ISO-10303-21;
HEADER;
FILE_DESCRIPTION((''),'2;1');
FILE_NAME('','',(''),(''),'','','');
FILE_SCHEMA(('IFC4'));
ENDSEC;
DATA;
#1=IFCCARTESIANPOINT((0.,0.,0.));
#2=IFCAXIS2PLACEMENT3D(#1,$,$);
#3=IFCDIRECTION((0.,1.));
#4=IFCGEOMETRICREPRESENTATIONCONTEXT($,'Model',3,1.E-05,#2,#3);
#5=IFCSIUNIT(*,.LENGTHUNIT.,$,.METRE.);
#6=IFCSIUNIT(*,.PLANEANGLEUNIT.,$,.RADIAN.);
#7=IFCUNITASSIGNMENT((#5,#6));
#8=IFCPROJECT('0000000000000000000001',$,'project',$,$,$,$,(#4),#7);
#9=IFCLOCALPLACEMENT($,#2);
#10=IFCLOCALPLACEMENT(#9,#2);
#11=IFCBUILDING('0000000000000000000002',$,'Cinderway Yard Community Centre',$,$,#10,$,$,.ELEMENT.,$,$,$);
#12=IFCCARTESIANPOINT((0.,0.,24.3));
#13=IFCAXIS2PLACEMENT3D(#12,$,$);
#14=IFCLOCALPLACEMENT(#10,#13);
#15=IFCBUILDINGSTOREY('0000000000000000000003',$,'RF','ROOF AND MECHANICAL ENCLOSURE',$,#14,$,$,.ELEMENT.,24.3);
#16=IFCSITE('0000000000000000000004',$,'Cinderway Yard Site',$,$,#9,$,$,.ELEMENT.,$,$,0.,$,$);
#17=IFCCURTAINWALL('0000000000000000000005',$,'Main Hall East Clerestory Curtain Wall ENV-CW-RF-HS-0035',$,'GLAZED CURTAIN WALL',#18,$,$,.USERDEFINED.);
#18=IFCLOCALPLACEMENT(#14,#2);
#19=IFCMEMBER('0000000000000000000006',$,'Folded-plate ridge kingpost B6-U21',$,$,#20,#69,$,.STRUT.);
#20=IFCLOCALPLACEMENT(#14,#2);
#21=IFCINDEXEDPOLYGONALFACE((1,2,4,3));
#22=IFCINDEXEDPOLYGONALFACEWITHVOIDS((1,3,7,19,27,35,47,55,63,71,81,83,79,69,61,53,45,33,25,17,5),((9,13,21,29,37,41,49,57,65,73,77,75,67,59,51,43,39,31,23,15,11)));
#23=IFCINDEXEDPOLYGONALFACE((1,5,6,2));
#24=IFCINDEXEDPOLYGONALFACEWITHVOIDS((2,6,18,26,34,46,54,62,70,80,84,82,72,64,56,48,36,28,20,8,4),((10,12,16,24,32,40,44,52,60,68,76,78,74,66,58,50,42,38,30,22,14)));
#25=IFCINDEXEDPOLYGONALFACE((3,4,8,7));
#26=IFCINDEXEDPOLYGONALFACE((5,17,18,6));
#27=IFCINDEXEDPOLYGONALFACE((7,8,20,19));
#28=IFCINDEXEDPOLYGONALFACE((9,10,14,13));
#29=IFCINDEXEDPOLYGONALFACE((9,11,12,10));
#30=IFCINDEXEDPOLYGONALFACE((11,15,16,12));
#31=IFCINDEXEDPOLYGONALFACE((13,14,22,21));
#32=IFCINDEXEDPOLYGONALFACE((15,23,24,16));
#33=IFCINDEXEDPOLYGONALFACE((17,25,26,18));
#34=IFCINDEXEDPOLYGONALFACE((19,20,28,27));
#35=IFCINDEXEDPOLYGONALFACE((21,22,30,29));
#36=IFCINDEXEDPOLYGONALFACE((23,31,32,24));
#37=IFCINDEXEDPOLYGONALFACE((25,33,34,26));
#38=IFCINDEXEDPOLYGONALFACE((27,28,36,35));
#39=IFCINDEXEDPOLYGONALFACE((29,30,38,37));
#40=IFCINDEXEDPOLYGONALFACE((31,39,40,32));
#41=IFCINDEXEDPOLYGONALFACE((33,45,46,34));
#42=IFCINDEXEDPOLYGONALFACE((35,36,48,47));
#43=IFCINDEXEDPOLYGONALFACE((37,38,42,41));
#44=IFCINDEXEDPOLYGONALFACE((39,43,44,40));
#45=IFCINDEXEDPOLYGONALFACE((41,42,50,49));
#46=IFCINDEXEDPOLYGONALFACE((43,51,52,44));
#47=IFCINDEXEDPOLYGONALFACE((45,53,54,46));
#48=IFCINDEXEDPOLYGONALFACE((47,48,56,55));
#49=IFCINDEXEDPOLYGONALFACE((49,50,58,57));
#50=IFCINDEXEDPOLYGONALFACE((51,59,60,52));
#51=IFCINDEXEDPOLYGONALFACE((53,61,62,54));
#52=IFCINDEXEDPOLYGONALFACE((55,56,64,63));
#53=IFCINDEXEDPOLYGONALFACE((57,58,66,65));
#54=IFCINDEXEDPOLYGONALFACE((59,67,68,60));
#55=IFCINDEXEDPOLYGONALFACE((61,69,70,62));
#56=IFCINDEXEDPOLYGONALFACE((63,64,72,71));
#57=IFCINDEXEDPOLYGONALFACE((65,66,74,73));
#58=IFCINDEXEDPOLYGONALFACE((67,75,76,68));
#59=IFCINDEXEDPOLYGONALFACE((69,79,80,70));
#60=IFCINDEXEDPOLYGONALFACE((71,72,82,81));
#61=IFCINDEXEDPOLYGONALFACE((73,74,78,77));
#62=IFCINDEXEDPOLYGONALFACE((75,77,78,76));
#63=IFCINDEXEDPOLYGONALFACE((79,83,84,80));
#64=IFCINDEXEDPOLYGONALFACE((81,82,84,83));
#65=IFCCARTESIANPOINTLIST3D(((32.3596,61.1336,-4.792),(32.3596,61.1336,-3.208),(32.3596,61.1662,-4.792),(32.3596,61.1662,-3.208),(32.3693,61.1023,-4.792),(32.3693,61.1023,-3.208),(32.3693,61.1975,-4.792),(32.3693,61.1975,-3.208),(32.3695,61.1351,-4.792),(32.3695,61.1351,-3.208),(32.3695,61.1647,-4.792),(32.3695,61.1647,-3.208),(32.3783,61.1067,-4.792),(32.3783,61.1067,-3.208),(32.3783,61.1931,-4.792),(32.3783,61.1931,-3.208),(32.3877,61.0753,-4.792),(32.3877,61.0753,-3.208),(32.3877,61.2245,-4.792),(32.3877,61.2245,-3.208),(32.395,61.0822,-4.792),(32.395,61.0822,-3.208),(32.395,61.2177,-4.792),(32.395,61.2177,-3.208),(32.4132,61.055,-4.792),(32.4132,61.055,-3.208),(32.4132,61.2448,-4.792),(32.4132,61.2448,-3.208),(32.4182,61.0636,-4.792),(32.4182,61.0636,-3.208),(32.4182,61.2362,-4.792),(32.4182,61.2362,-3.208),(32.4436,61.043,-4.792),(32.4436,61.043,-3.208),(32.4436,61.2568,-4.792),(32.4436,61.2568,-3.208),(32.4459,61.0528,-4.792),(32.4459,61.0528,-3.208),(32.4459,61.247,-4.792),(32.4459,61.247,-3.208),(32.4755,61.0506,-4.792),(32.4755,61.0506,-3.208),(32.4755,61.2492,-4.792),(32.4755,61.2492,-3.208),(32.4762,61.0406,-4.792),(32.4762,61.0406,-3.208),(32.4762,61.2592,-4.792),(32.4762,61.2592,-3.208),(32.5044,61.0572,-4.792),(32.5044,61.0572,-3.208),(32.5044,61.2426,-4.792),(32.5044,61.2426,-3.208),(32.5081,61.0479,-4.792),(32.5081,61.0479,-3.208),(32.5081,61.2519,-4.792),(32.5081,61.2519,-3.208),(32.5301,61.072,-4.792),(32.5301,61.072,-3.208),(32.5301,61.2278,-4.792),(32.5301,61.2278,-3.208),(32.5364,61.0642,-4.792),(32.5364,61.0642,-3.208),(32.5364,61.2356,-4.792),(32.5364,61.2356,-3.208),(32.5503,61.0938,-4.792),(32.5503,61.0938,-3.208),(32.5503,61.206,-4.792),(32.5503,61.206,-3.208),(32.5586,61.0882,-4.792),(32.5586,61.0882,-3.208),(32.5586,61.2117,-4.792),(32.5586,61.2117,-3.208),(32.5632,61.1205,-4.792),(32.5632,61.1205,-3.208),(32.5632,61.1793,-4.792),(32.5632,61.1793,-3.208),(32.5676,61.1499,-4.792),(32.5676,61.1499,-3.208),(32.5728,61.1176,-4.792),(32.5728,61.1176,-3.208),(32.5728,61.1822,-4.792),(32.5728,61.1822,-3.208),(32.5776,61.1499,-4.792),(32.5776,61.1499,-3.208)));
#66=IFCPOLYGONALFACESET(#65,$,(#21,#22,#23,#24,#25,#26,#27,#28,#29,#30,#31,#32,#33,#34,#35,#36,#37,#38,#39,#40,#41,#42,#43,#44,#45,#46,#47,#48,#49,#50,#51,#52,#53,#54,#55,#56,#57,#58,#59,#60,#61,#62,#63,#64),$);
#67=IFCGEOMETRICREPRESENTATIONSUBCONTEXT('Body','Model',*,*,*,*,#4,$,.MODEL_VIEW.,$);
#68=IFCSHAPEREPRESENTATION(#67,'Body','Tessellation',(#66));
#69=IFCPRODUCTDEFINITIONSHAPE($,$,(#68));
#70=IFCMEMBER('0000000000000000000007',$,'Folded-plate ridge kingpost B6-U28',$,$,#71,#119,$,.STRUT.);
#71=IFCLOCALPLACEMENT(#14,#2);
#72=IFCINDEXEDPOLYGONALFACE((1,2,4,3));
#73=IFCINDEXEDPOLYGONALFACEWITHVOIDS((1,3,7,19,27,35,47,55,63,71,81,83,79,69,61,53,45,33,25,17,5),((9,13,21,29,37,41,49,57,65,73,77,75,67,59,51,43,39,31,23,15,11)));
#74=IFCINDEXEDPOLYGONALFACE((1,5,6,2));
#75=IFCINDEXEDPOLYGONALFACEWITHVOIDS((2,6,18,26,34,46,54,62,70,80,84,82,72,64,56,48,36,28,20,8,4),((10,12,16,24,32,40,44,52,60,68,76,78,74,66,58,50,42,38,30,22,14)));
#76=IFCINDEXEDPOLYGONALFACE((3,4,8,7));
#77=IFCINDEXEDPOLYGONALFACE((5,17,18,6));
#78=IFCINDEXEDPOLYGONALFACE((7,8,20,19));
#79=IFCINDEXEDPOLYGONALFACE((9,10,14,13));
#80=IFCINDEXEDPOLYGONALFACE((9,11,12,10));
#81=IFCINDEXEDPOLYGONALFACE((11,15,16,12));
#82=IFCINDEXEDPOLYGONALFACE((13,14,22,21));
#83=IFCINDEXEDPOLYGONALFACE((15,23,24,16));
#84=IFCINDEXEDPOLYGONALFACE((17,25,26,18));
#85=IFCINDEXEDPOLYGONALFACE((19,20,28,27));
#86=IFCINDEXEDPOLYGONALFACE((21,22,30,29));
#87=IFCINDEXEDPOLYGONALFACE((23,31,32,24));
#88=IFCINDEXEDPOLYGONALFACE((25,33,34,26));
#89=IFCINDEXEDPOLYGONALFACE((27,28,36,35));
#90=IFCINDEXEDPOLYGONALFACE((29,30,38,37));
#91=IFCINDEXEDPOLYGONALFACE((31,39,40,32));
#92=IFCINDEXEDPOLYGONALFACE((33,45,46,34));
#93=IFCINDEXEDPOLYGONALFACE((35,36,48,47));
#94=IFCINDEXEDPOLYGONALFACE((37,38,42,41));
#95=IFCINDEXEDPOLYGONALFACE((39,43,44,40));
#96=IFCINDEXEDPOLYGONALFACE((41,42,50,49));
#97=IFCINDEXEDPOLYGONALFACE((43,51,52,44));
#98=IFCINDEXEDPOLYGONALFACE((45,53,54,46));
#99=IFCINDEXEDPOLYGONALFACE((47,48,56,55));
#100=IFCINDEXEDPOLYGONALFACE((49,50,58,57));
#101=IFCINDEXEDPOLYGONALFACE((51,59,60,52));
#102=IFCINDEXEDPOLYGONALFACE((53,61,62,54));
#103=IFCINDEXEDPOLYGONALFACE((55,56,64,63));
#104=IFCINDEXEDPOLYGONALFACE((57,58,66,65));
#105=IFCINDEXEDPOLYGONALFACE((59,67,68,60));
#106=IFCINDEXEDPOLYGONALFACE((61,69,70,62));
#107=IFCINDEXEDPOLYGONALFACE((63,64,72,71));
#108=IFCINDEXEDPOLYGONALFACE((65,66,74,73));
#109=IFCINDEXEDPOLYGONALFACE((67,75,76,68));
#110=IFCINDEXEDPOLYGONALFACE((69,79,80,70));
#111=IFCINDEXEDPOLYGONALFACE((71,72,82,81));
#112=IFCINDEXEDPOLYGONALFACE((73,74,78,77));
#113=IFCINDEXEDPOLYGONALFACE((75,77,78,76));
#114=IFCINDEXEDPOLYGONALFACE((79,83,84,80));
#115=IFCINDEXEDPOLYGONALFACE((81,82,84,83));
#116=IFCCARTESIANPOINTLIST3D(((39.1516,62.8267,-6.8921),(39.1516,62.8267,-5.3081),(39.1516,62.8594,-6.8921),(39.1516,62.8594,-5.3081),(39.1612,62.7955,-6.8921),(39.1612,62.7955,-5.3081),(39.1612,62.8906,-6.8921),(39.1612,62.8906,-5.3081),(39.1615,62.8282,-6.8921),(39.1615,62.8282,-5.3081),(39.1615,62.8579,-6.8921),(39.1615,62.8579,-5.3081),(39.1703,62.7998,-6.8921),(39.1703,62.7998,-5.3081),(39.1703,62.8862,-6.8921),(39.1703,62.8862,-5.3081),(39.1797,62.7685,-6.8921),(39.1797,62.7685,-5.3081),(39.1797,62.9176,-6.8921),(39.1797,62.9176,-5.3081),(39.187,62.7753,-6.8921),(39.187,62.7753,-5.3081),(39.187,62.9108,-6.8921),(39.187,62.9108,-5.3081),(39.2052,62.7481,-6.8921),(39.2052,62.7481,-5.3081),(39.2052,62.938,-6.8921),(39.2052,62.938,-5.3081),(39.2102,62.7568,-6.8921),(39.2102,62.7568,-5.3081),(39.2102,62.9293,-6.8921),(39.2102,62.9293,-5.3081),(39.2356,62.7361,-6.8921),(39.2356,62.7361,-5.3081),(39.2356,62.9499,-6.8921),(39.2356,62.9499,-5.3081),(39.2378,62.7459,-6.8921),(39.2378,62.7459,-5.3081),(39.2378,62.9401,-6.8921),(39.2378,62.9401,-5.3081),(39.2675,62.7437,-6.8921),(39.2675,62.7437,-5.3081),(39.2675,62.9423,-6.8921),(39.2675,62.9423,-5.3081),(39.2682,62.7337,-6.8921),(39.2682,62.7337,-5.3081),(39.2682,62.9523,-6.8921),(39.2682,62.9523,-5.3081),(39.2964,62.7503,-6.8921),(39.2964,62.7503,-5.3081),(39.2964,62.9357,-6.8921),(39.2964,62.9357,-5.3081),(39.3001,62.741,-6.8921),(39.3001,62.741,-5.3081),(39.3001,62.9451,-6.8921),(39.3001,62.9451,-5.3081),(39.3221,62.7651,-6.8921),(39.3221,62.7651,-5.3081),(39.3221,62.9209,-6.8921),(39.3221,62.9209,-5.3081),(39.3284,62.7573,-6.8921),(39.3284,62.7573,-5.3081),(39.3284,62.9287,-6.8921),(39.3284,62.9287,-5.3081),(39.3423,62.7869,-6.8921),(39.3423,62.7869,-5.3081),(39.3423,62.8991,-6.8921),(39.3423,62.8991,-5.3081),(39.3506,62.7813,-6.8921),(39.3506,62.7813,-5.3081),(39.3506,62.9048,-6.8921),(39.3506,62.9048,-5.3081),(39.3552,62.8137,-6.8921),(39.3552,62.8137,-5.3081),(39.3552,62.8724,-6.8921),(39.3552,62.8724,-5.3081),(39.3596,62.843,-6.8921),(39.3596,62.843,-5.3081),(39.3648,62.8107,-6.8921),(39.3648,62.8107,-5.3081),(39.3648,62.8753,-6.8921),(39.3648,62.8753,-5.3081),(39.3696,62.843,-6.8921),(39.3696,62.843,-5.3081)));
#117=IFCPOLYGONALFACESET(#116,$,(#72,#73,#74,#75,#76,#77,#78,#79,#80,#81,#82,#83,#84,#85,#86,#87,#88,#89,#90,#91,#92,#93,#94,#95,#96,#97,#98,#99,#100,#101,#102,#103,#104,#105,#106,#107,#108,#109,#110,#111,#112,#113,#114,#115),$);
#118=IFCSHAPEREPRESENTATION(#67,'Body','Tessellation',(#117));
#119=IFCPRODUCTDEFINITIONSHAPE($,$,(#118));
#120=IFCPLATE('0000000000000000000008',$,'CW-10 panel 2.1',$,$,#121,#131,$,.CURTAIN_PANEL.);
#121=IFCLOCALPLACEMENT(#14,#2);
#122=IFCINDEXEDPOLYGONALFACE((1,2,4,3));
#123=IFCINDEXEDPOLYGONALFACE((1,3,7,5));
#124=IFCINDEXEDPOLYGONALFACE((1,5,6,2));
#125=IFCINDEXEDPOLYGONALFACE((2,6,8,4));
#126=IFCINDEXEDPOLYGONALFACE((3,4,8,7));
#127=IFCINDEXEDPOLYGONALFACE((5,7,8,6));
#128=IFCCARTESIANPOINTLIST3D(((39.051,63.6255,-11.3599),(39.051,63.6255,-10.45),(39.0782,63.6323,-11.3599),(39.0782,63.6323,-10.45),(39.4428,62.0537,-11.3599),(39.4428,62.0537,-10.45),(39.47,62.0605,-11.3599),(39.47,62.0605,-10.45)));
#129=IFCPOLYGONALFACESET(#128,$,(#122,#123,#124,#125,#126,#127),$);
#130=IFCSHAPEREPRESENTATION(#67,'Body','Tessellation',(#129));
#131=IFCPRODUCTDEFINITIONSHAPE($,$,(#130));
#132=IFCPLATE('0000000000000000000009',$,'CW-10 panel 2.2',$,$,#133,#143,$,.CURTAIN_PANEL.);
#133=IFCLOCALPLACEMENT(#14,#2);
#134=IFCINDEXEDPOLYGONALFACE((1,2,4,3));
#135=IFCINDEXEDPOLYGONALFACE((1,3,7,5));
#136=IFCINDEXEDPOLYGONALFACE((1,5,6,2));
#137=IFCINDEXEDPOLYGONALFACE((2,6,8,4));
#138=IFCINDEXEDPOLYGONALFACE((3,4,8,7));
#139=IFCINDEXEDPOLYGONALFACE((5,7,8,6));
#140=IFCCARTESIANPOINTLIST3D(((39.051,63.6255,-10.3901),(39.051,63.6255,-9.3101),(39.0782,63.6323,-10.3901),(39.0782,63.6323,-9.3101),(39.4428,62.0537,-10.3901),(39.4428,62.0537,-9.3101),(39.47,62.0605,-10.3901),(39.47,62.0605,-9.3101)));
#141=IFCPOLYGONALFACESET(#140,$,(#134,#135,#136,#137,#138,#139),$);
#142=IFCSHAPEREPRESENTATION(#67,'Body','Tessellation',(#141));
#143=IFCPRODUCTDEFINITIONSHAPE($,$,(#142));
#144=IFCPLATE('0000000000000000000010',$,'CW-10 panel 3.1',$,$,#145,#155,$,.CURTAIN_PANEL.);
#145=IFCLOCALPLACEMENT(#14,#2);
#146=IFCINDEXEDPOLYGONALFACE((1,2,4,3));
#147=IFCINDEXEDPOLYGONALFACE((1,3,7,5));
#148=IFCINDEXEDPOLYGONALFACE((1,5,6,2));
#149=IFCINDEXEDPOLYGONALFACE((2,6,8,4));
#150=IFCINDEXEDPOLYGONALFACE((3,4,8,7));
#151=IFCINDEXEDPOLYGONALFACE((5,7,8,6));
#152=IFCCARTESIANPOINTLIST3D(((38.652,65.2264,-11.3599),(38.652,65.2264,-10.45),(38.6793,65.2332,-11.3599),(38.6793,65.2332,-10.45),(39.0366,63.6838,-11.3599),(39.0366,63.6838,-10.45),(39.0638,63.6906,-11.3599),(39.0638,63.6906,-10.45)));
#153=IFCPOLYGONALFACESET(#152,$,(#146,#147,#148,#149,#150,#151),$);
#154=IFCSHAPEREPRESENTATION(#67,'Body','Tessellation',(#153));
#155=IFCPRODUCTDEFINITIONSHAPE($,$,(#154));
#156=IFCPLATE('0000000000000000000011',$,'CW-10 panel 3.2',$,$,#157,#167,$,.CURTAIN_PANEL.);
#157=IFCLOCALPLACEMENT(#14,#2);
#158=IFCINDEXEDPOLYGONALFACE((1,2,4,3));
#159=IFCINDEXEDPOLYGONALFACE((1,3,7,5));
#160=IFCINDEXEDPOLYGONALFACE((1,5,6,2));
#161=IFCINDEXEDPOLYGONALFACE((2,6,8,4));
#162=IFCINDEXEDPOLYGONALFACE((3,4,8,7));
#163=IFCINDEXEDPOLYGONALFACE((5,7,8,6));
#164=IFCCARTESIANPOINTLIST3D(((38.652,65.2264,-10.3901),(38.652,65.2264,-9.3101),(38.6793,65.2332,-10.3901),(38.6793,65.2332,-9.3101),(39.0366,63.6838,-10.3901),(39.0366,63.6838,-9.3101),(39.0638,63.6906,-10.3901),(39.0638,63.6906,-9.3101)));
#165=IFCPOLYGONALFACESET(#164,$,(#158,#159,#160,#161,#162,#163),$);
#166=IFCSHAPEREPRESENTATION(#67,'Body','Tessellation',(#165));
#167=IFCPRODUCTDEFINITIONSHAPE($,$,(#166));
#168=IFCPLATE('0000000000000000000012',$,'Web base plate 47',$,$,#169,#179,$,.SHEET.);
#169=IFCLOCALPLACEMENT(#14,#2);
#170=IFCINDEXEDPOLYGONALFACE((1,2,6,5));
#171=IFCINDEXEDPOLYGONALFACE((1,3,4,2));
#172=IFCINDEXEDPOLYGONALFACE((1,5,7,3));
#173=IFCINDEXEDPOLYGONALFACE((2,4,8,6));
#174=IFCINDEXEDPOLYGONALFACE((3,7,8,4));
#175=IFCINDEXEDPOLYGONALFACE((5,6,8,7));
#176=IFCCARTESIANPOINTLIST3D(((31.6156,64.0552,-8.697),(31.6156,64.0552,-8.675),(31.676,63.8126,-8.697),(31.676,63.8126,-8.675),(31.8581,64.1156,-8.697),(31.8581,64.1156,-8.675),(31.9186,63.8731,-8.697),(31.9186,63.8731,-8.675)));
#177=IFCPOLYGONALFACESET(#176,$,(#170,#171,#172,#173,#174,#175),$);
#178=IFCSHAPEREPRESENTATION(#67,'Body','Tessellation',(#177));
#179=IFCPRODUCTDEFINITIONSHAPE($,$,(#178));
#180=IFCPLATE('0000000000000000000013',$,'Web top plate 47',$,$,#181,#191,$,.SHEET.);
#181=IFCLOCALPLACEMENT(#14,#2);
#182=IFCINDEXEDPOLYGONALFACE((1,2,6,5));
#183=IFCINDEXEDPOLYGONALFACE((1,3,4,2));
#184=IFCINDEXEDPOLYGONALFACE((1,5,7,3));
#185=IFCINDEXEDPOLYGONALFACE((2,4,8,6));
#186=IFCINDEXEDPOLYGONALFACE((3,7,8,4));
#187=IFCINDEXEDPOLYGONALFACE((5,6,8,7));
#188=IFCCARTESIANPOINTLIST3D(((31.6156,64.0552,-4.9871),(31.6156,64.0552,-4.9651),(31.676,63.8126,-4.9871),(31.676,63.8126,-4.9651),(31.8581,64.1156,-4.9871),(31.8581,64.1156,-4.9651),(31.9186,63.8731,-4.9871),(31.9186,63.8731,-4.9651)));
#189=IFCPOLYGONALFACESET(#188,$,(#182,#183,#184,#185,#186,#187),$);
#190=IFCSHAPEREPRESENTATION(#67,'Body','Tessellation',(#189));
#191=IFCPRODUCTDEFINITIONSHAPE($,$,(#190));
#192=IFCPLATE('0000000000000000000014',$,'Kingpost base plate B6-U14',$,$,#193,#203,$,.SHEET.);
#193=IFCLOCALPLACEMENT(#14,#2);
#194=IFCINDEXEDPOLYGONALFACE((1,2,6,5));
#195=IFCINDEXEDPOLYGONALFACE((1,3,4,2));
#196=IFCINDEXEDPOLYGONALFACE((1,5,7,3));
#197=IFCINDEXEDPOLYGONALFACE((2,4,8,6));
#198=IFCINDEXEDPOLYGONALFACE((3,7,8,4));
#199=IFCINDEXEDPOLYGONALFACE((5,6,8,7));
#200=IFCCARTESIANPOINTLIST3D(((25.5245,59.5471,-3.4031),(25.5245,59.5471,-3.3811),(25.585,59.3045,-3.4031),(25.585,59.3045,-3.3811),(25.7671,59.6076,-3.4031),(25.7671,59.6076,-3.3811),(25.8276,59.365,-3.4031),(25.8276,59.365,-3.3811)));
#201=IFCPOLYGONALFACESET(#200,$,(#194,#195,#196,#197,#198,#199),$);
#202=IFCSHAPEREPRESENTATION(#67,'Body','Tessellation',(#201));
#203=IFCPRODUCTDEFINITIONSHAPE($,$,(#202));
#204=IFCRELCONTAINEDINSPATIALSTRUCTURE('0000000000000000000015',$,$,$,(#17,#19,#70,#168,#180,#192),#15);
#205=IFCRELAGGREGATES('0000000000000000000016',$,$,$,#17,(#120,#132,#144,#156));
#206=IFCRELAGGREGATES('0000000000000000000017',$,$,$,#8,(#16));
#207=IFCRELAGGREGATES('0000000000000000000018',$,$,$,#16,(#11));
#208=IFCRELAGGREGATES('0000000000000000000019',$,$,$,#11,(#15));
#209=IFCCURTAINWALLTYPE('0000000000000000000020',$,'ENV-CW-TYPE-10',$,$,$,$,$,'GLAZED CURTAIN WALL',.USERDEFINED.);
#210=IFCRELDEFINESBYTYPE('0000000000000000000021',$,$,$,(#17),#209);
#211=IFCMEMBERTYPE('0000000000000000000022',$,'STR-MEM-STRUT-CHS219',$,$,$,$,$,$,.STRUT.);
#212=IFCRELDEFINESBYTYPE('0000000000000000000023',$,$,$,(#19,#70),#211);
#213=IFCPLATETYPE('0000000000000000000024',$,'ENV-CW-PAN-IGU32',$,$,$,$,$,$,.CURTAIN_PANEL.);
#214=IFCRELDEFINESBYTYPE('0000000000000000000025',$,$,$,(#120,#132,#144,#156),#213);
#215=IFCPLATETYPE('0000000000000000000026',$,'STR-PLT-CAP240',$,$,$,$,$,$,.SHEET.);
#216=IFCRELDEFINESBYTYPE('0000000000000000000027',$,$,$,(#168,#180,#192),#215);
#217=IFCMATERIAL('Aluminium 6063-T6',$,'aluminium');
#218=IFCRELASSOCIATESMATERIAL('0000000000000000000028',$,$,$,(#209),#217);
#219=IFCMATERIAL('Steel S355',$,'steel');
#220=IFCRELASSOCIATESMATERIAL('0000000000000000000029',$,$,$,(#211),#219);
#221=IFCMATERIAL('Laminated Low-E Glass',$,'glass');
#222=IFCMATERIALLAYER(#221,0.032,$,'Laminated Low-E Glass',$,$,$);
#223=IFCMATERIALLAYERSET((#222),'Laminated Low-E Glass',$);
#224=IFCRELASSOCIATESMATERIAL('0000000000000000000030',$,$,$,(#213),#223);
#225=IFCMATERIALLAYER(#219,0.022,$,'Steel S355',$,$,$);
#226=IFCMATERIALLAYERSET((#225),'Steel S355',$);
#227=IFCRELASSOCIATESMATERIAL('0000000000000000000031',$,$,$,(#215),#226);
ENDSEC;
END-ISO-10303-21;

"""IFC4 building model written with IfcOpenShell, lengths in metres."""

from ifc_helpers import new_model, si_unit, direction, frame, origin, origin_2d, place, context, subcontext, project, spatial, rectangle, hollow_circle, extrude, material, layer, layer_set, material_profile, profile_set, type_object, element, aggregate, save


model = new_model("IFC4")

# Units and contexts
model_context = context("Model", 3, precision=1e-05, world=origin(), true_north=direction((0.0, 1.0)))
body_context = subcontext(model_context, "Body", "Model", "MODEL_VIEW")
ifc_project = project(units=[si_unit("LENGTHUNIT", "METRE"), si_unit("PLANEANGLEUNIT", "RADIAN")], contexts=[model_context])

# Site, building, storey
site_placement = place(None, origin())
site = spatial("IfcSite", under=ifc_project, at=site_placement, Name="Cinderway Yard Site", CompositionType="ELEMENT", RefElevation=0.0)
building_placement = place(site_placement, origin())
building = spatial("IfcBuilding", under=site, at=building_placement, Name="Cinderway Yard Community Centre", CompositionType="ELEMENT")
storey_placement = place(building_placement, frame((0.0, 0.0, 24.3)))
storey = spatial("IfcBuildingStorey", under=building, at=storey_placement, Name="RF", Description="ROOF AND MECHANICAL ENCLOSURE", CompositionType="ELEMENT", Elevation=24.3)

# Curtain wall
ifc_material_1 = material(Name="Aluminium 6063-T6", Category="aluminium")
curtain_wall_type = type_object("IfcCurtainWallType", Name="ENV-CW-TYPE-10", ElementType="GLAZED CURTAIN WALL", PredefinedType="USERDEFINED", material=ifc_material_1)
curtain_wall_placement = place(storey_placement, origin())
curtain_wall = element("IfcCurtainWall", 1, at=curtain_wall_placement, inside=storey, type_object=curtain_wall_type, Name="Main Hall East Clerestory Curtain Wall ENV-CW-RF-HS-0035", ObjectType="GLAZED CURTAIN WALL", PredefinedType="USERDEFINED")

# Shared definitions
ifc_material_2 = material(Name="Steel S355", Category="steel")

# Members
ifc_material_profile_1 = material_profile(ifc_material_2, hollow_circle(Radius=0.1096, WallThickness=0.01, at=origin_2d()), Name="Steel S355")
ifc_profile_set_1 = profile_set([ifc_material_profile_1], Name="Steel S355")
member_type_1 = type_object("IfcMemberType", Name="STR-MEM-STRUT-CHS219", PredefinedType="STRUT", material=ifc_profile_set_1)
for number, where, z_axis, x_axis, name in (
    (2, (32.468, 61.1499, -4.792), (0.0, 0.0, 1.0), (1.0, 0.0, 0.0), "Folded-plate ridge kingpost B6-U21"),
    (3, (39.26, 62.843, -6.8921), (0.0, 0.0, 1.0), (1.0, 0.0, 0.0), "Folded-plate ridge kingpost B6-U28"),
):
    element("IfcMember", number, at=place(storey_placement, frame(where, z_axis=z_axis, x_axis=x_axis)), inside=storey, type_object=member_type_1, Name=name, PredefinedType="STRUT", context=body_context, shape_type="SweptSolid", body=[
        extrude(hollow_circle(Radius=0.1096, WallThickness=0.01, at=origin_2d()), origin(), (0.0, 0.0, 1.0), 1.584),
    ])

# Plates
ifc_material_3 = material(Name="Laminated Low-E Glass", Category="glass")
ifc_layer_1 = layer(ifc_material_3, 0.032, Name="Laminated Low-E Glass")
ifc_layer_set_1 = layer_set([ifc_layer_1], Name="Laminated Low-E Glass")
plate_type_1 = type_object("IfcPlateType", Name="ENV-CW-PAN-IGU32", PredefinedType="CURTAIN_PANEL", material=ifc_layer_set_1)
plate_1_placement = place(storey_placement, frame((39.2605, 62.843, -11.3599), z_axis=(0.0, 0.0, 1.0), x_axis=(-0.241882, 0.970306, 0.0)))
plate_1 = element("IfcPlate", 4, at=plate_1_placement, type_object=plate_type_1, Name="CW-10 panel 2.1", PredefinedType="CURTAIN_PANEL", context=body_context, shape_type="SweptSolid", body=[
    extrude(rectangle(XDim=1.6199, YDim=0.0281, at=origin_2d()), origin(), (0.0, 0.0, 1.0), 0.9099),
])
plate_2_placement = place(storey_placement, frame((39.2605, 62.843, -10.3901), z_axis=(0.0, 0.0, 1.0), x_axis=(-0.241882, 0.970306, 0.0)))
plate_2 = element("IfcPlate", 5, at=plate_2_placement, type_object=plate_type_1, Name="CW-10 panel 2.2", PredefinedType="CURTAIN_PANEL", context=body_context, shape_type="SweptSolid", body=[
    extrude(rectangle(XDim=1.6199, YDim=0.0281, at=origin_2d()), origin(), (0.0, 0.0, 1.0), 1.0801),
])
plate_3_placement = place(storey_placement, frame((38.8579, 64.4585, -11.3599), z_axis=(0.0, 0.0, 1.0), x_axis=(-0.241882, 0.970306, 0.0)))
plate_3 = element("IfcPlate", 6, at=plate_3_placement, type_object=plate_type_1, Name="CW-10 panel 3.1", PredefinedType="CURTAIN_PANEL", context=body_context, shape_type="SweptSolid", body=[
    extrude(rectangle(XDim=1.5898, YDim=0.0281, at=origin_2d()), origin(), (0.0, 0.0, 1.0), 0.9099),
])
plate_4_placement = place(storey_placement, frame((38.8579, 64.4585, -10.3901), z_axis=(0.0, 0.0, 1.0), x_axis=(-0.241882, 0.970306, 0.0)))
plate_4 = element("IfcPlate", 7, at=plate_4_placement, type_object=plate_type_1, Name="CW-10 panel 3.2", PredefinedType="CURTAIN_PANEL", context=body_context, shape_type="SweptSolid", body=[
    extrude(rectangle(XDim=1.5898, YDim=0.0281, at=origin_2d()), origin(), (0.0, 0.0, 1.0), 1.0801),
])
aggregate(curtain_wall, [plate_1, plate_2, plate_3, plate_4])

# Plates
ifc_layer_2 = layer(ifc_material_2, 0.022, Name="Steel S355")
ifc_layer_set_2 = layer_set([ifc_layer_2], Name="Steel S355")
plate_type_2 = type_object("IfcPlateType", Name="STR-PLT-CAP240", PredefinedType="SHEET", material=ifc_layer_set_2)
for number, where, z_axis, x_axis, name in (
    (8, (31.7671, 63.9641, -8.697), (0.0, 0.0, 1.0), (0.970296, 0.241922, 0.0), "Web base plate 47"),
    (9, (31.7671, 63.9641, -4.9871), (0.0, 0.0, 1.0), (0.970296, 0.241922, 0.0), "Web top plate 47"),
    (10, (25.676, 59.4561, -3.4031), (0.0, 0.0, 1.0), (0.970296, 0.241922, 0.0), "Kingpost base plate B6-U14"),
):
    element("IfcPlate", number, at=place(storey_placement, frame(where, z_axis=z_axis, x_axis=x_axis)), inside=storey, type_object=plate_type_2, Name=name, PredefinedType="SHEET", context=body_context, shape_type="SweptSolid", body=[
        extrude(rectangle(XDim=0.25, YDim=0.25, at=origin_2d()), origin(), (0.0, 0.0, 1.0), 0.022),
    ])

save(model, "model.ifc")
